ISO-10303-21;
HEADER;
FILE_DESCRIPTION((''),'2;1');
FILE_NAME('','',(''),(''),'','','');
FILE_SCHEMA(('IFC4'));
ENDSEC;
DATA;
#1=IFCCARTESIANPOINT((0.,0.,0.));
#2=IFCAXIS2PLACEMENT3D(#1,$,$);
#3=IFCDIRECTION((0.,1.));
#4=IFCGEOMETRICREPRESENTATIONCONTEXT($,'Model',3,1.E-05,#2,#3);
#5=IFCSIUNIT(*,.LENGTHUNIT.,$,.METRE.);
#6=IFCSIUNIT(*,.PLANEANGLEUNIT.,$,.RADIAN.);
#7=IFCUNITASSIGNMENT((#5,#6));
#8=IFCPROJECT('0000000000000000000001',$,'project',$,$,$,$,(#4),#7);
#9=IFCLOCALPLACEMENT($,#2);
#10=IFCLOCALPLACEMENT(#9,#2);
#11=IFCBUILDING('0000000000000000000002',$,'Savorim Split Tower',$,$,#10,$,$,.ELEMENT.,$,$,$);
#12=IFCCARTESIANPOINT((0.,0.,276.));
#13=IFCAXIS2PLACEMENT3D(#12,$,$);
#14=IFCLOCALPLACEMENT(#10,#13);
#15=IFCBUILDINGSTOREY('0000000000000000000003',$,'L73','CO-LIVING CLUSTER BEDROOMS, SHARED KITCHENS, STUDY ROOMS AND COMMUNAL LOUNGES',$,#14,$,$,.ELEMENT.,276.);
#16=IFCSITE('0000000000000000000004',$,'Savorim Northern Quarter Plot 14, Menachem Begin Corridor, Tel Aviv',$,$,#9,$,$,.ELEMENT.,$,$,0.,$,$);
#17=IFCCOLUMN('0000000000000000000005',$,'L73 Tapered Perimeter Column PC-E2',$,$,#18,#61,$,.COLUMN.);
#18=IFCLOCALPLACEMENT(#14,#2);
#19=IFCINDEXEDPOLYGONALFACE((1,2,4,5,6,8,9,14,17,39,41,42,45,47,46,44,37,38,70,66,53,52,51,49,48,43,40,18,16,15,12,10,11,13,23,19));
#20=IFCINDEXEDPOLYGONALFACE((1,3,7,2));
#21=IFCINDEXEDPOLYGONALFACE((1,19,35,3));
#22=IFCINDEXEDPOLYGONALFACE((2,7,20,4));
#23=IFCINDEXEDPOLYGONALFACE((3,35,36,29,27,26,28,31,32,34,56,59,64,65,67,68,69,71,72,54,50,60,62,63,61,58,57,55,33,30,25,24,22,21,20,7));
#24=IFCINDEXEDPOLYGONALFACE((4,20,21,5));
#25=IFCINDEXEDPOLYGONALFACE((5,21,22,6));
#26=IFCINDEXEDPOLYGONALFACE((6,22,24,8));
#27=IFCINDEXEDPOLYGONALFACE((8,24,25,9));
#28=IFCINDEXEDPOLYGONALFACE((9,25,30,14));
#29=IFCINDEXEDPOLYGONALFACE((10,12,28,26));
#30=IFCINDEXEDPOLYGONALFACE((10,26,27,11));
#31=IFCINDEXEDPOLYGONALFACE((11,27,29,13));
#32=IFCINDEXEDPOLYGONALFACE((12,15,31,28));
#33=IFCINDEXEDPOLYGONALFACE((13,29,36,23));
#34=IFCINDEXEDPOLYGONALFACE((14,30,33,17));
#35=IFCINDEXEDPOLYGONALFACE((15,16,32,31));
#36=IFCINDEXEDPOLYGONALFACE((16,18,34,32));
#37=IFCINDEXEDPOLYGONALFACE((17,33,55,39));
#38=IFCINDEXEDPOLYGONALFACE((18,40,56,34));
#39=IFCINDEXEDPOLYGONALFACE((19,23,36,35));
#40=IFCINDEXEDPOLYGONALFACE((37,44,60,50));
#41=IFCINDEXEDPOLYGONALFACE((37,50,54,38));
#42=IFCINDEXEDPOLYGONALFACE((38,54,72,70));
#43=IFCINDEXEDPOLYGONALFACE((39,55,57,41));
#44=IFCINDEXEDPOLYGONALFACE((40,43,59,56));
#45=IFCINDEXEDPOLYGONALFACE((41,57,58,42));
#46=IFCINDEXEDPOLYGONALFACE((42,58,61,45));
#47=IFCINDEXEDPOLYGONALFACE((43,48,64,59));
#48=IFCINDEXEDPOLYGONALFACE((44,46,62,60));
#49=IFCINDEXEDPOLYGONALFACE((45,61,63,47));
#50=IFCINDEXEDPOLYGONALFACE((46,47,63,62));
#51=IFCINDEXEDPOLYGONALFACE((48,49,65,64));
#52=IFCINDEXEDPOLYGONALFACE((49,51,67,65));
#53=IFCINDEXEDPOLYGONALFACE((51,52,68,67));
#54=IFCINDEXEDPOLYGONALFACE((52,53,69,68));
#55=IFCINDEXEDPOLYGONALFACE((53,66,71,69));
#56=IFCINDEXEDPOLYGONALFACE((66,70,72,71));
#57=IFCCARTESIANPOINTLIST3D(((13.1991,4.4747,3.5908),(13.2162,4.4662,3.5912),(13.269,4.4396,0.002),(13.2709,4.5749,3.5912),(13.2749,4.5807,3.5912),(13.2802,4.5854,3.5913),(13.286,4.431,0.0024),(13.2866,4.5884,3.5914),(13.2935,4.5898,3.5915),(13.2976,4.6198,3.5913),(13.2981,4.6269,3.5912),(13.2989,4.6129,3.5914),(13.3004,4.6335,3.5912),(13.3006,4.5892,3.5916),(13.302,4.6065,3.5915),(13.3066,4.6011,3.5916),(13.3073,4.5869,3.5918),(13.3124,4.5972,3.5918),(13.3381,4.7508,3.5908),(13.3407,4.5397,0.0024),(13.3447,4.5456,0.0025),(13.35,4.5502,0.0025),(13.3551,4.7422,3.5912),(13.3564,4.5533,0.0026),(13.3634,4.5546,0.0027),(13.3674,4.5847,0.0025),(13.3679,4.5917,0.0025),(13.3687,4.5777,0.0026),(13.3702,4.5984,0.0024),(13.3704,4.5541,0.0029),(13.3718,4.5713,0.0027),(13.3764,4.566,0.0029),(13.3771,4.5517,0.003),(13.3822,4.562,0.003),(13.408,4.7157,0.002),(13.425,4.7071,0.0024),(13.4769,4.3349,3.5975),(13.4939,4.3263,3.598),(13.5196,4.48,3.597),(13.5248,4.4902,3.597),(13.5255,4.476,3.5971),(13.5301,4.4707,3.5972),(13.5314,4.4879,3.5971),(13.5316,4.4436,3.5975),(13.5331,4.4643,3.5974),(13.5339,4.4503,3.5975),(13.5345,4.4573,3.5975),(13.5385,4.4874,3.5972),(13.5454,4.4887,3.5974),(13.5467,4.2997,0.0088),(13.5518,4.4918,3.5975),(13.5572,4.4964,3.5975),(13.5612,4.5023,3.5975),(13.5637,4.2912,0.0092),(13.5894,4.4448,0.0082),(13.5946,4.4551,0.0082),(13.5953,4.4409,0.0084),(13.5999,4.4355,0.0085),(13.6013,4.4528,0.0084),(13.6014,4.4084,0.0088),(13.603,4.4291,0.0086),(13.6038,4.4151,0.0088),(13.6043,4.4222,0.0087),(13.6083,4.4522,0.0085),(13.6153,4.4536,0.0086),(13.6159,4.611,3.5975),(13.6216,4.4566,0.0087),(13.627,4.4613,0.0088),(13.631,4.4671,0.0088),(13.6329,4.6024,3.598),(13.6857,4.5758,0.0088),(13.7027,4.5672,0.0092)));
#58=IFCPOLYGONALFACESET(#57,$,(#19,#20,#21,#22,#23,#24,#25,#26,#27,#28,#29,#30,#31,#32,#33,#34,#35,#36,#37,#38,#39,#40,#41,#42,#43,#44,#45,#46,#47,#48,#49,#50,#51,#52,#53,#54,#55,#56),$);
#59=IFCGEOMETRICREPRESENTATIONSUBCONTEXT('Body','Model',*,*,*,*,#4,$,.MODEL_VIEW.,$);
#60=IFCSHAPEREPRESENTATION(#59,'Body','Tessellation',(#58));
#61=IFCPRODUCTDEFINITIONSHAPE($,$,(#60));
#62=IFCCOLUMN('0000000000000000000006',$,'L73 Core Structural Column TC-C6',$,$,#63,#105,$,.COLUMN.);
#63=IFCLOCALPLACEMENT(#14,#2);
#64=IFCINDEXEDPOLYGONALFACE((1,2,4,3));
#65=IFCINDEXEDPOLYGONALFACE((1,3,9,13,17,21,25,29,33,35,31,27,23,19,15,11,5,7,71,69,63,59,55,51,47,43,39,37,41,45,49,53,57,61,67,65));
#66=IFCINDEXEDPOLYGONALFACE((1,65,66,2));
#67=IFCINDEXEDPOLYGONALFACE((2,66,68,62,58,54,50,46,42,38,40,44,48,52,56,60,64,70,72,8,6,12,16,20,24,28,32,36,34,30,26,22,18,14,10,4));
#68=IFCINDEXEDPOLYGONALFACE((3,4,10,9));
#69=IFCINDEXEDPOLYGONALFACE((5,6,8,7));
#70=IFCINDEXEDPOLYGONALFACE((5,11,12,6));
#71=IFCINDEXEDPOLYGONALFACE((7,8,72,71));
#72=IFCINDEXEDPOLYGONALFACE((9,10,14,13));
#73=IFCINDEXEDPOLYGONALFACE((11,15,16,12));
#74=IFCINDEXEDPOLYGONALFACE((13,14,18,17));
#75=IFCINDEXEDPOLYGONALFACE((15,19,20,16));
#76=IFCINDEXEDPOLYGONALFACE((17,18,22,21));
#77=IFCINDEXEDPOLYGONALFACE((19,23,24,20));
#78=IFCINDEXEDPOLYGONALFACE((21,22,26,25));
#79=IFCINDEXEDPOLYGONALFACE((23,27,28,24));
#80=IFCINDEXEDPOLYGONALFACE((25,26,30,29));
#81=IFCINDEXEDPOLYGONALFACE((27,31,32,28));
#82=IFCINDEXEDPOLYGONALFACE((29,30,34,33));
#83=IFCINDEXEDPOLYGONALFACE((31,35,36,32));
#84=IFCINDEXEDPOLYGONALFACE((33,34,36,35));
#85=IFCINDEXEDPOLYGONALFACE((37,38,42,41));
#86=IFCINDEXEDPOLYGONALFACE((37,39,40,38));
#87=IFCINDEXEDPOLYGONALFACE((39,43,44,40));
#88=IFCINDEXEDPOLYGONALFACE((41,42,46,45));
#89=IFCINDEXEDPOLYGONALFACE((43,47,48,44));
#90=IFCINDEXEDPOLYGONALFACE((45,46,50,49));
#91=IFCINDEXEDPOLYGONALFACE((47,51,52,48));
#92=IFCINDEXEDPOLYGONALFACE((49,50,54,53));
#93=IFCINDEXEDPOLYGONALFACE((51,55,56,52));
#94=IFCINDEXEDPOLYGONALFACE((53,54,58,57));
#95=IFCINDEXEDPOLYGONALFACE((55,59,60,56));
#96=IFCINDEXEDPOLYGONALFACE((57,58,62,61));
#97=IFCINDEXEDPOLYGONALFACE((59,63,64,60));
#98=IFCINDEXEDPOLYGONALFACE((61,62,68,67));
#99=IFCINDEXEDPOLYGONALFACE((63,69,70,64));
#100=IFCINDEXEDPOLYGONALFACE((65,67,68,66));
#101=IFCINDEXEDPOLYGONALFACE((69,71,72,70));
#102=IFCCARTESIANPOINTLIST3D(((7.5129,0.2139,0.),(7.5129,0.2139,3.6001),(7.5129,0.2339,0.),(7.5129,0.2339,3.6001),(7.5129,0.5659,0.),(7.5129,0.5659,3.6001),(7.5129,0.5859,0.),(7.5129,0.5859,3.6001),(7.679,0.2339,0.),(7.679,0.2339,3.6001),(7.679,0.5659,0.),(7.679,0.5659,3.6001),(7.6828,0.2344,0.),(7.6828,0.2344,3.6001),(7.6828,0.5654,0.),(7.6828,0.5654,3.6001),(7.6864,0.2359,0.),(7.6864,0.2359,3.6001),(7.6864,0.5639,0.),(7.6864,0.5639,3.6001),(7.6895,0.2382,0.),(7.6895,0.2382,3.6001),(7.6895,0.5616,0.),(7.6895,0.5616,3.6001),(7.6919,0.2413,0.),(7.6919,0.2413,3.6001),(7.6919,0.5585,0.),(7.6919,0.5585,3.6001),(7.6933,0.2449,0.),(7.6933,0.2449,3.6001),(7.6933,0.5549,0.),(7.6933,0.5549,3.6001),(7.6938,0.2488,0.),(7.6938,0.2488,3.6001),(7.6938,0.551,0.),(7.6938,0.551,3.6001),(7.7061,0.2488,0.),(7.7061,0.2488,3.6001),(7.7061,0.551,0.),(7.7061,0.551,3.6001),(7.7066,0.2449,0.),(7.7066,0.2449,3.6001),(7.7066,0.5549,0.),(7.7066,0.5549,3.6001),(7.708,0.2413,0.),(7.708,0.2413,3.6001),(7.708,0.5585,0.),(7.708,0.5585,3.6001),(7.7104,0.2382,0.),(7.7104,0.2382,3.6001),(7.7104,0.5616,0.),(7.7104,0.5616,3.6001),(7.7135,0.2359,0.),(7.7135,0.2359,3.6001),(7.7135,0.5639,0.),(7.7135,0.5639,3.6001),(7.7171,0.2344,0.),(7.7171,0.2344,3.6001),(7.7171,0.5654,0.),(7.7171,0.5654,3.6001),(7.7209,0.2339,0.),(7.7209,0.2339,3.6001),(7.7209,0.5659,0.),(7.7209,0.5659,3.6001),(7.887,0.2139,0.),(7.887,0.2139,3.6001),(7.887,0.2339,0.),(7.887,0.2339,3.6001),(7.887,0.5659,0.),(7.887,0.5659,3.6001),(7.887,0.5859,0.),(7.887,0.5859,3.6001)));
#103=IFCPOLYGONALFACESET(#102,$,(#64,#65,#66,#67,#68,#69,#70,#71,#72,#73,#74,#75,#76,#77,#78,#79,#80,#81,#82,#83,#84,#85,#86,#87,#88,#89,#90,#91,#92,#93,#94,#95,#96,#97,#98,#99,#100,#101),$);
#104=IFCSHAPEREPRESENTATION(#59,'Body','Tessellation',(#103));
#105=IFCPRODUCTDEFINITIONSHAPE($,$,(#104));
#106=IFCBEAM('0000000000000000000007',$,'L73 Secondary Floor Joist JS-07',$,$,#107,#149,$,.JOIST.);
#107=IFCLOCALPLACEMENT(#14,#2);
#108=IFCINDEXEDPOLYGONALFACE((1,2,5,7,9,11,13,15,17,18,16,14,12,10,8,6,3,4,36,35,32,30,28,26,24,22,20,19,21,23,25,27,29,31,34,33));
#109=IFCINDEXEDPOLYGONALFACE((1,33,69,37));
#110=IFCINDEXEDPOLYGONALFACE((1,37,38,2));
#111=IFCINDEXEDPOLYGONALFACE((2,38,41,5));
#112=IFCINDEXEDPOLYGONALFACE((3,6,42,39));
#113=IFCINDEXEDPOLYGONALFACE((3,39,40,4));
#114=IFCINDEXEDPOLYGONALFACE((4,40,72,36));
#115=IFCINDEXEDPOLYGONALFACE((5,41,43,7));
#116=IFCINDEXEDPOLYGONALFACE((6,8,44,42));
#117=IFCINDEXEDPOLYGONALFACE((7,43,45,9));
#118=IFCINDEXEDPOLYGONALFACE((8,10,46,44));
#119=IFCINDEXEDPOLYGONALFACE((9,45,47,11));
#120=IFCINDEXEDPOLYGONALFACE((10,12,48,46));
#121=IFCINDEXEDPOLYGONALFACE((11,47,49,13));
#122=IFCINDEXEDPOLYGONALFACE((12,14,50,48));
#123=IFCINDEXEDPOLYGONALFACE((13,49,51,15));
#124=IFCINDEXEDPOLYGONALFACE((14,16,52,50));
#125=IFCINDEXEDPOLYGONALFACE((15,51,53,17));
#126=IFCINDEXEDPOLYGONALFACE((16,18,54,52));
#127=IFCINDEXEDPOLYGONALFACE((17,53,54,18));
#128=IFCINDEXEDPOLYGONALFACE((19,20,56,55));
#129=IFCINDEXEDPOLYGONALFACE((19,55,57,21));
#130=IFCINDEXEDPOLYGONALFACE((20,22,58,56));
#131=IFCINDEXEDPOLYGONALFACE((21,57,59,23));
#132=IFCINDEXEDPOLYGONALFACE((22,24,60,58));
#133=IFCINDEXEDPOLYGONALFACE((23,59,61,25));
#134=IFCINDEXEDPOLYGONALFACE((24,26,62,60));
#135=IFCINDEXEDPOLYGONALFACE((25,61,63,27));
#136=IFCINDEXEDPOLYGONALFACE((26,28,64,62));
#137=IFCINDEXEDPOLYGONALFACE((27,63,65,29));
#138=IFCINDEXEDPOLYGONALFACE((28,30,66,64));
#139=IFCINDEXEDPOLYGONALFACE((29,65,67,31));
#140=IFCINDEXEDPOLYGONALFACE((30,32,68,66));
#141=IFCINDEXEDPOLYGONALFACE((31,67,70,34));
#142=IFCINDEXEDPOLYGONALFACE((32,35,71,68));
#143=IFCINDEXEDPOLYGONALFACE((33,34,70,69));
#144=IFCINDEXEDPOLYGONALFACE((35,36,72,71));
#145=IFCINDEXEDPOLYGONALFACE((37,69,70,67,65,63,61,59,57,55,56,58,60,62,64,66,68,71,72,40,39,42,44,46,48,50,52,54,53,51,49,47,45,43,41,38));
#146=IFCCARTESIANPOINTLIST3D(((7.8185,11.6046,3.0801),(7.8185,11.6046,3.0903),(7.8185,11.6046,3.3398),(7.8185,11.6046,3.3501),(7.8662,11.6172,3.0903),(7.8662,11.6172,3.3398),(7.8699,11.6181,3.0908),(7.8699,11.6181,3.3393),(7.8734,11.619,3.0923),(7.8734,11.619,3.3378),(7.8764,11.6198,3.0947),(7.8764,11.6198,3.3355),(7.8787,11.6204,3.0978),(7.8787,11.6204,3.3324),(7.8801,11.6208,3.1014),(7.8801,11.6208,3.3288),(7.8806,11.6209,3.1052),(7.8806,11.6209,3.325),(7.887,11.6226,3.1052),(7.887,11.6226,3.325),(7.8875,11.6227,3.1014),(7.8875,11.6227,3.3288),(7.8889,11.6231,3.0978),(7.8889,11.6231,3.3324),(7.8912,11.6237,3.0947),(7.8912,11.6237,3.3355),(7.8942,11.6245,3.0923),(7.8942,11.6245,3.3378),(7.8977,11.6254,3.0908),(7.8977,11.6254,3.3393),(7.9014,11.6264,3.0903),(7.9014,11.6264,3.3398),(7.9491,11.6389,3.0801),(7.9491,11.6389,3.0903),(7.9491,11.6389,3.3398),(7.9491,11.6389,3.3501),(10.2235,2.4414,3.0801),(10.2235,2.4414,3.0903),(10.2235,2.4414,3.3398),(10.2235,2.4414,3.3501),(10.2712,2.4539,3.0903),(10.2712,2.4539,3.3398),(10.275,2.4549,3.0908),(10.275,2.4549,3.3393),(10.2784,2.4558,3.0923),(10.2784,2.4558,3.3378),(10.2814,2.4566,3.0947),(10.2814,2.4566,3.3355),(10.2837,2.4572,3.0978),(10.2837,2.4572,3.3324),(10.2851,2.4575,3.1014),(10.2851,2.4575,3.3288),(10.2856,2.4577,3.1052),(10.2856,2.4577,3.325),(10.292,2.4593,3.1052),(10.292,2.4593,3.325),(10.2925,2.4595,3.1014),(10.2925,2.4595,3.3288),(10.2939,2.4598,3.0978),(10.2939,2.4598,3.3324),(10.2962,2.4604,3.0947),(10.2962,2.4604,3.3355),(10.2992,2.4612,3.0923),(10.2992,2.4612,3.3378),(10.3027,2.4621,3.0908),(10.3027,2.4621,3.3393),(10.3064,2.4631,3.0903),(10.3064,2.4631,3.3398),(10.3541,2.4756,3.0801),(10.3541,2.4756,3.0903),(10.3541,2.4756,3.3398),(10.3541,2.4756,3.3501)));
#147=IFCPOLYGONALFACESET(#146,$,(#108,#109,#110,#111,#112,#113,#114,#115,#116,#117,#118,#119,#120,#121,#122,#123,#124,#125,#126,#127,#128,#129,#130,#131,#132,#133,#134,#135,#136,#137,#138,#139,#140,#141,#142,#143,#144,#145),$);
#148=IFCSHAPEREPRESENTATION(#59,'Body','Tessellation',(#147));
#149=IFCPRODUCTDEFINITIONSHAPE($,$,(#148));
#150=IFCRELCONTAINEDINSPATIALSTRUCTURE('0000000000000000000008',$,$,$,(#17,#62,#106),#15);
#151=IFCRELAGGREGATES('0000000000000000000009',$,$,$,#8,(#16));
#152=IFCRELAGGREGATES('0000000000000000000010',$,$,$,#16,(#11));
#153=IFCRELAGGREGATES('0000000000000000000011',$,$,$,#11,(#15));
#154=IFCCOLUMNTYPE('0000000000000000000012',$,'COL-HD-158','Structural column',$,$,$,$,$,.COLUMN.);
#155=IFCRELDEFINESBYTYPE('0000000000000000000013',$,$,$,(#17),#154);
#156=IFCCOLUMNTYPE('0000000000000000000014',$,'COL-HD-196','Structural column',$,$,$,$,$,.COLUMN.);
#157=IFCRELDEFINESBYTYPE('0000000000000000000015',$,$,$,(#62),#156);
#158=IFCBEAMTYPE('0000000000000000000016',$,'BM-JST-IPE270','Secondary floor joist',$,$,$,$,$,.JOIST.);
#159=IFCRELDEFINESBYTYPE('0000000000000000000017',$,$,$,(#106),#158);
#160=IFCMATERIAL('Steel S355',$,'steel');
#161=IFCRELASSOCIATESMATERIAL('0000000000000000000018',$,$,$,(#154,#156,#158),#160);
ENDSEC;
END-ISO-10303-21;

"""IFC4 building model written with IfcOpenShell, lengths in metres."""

from ifc_helpers import new_model, si_unit, direction, frame, origin, origin_2d, place, context, subcontext, project, spatial, i_section, extrude, material, material_profile, profile_set, type_object, element, save


model = new_model("IFC4")

# Units and contexts
model_context = context("Model", 3, precision=1e-05, world=origin(), true_north=direction((0.0, 1.0)))
body_context = subcontext(model_context, "Body", "Model", "MODEL_VIEW")
ifc_project = project(units=[si_unit("LENGTHUNIT", "METRE"), si_unit("PLANEANGLEUNIT", "RADIAN")], contexts=[model_context])

# Site, building, storey
site_placement = place(None, origin())
site = spatial("IfcSite", under=ifc_project, at=site_placement, Name="Savorim Northern Quarter Plot 14, Menachem Begin Corridor, Tel Aviv", CompositionType="ELEMENT", RefElevation=0.0)
building_placement = place(site_placement, origin())
building = spatial("IfcBuilding", under=site, at=building_placement, Name="Savorim Split Tower", CompositionType="ELEMENT")
storey_placement = place(building_placement, frame((0.0, 0.0, 276.0)))
storey = spatial("IfcBuildingStorey", under=building, at=storey_placement, Name="L73", Description="CO-LIVING CLUSTER BEDROOMS, SHARED KITCHENS, STUDY ROOMS AND COMMUNAL LOUNGES", CompositionType="ELEMENT", Elevation=276.0)

# Columns
ifc_material_1 = material(Name="Steel S355", Category="steel")
ifc_material_profile_1 = material_profile(ifc_material_1, i_section(OverallWidth=0.3091, OverallDepth=0.3301, WebThickness=0.0115, FlangeThickness=0.019, FilletRadius=0.0271, at=origin_2d()), Name="HD 320x158")
ifc_profile_set_1 = profile_set([ifc_material_profile_1], Name="Steel S355")
column_type_1 = type_object("IfcColumnType", Name="COL-HD-158", Description="Structural column", PredefinedType="COLUMN", material=ifc_profile_set_1)
column_1_placement = place(storey_placement, frame((13.4858, 4.5034, 0.0056), z_axis=(-0.019451, 0.009794, 0.999763), x_axis=(-0.44971, -0.893175, 0.0)))
element("IfcColumn", 1, at=column_1_placement, inside=storey, type_object=column_type_1, Name="L73 Tapered Perimeter Column PC-E2", PredefinedType="COLUMN", context=body_context, shape_type="SweptSolid", body=[
    extrude(i_section(OverallWidth=0.3091, OverallDepth=0.3301, WebThickness=0.0115, FlangeThickness=0.019, FilletRadius=0.0271, at=origin_2d()), origin(), (0.0, 0.0, 1.0), 3.5896),
])
ifc_material_profile_2 = material_profile(ifc_material_1, i_section(OverallWidth=0.374, OverallDepth=0.3721, WebThickness=0.0122, FlangeThickness=0.02, FilletRadius=0.0149, at=origin_2d()), Name="HD 360x196")
ifc_profile_set_2 = profile_set([ifc_material_profile_2], Name="Steel S355")
column_type_2 = type_object("IfcColumnType", Name="COL-HD-196", Description="Structural column", PredefinedType="COLUMN", material=ifc_profile_set_2)
column_2_placement = place(storey_placement, frame((7.7, 0.3999, 0.0), z_axis=(0.0, 0.0, 1.0), x_axis=(1.0, 0.0, 0.0)))
element("IfcColumn", 2, at=column_2_placement, inside=storey, type_object=column_type_2, Name="L73 Core Structural Column TC-C6", PredefinedType="COLUMN", context=body_context, shape_type="SweptSolid", body=[
    extrude(i_section(OverallWidth=0.374, OverallDepth=0.3721, WebThickness=0.0122, FlangeThickness=0.02, FilletRadius=0.0149, at=origin_2d()), origin(), (0.0, 0.0, 1.0), 3.6001),
])

# Beam
ifc_material_profile_3 = material_profile(ifc_material_1, i_section(OverallWidth=0.135, OverallDepth=0.27, WebThickness=0.0066, FlangeThickness=0.0103, FilletRadius=0.0149, at=origin_2d()), Name="IPE 270")
ifc_profile_set_3 = profile_set([ifc_material_profile_3], Name="Steel S355")
beam_type_1 = type_object("IfcBeamType", Name="BM-JST-IPE270", Description="Secondary floor joist", PredefinedType="JOIST", material=ifc_profile_set_3)
beam_1_placement = place(storey_placement, frame((10.2888, 2.4585, 3.2151), z_axis=(-0.253864, 0.96724, 0.0), x_axis=(-0.96724, -0.253864, 0.0)))
element("IfcBeam", 3, at=beam_1_placement, inside=storey, type_object=beam_type_1, Name="L73 Secondary Floor Joist JS-07", PredefinedType="JOIST", context=body_context, shape_type="SweptSolid", body=[
    extrude(i_section(OverallWidth=0.135, OverallDepth=0.27, WebThickness=0.0066, FlangeThickness=0.0103, FilletRadius=0.0149, at=origin_2d()), origin(), (0.0, 0.0, 1.0), 9.4736),
])

save(model, "model.ifc")
